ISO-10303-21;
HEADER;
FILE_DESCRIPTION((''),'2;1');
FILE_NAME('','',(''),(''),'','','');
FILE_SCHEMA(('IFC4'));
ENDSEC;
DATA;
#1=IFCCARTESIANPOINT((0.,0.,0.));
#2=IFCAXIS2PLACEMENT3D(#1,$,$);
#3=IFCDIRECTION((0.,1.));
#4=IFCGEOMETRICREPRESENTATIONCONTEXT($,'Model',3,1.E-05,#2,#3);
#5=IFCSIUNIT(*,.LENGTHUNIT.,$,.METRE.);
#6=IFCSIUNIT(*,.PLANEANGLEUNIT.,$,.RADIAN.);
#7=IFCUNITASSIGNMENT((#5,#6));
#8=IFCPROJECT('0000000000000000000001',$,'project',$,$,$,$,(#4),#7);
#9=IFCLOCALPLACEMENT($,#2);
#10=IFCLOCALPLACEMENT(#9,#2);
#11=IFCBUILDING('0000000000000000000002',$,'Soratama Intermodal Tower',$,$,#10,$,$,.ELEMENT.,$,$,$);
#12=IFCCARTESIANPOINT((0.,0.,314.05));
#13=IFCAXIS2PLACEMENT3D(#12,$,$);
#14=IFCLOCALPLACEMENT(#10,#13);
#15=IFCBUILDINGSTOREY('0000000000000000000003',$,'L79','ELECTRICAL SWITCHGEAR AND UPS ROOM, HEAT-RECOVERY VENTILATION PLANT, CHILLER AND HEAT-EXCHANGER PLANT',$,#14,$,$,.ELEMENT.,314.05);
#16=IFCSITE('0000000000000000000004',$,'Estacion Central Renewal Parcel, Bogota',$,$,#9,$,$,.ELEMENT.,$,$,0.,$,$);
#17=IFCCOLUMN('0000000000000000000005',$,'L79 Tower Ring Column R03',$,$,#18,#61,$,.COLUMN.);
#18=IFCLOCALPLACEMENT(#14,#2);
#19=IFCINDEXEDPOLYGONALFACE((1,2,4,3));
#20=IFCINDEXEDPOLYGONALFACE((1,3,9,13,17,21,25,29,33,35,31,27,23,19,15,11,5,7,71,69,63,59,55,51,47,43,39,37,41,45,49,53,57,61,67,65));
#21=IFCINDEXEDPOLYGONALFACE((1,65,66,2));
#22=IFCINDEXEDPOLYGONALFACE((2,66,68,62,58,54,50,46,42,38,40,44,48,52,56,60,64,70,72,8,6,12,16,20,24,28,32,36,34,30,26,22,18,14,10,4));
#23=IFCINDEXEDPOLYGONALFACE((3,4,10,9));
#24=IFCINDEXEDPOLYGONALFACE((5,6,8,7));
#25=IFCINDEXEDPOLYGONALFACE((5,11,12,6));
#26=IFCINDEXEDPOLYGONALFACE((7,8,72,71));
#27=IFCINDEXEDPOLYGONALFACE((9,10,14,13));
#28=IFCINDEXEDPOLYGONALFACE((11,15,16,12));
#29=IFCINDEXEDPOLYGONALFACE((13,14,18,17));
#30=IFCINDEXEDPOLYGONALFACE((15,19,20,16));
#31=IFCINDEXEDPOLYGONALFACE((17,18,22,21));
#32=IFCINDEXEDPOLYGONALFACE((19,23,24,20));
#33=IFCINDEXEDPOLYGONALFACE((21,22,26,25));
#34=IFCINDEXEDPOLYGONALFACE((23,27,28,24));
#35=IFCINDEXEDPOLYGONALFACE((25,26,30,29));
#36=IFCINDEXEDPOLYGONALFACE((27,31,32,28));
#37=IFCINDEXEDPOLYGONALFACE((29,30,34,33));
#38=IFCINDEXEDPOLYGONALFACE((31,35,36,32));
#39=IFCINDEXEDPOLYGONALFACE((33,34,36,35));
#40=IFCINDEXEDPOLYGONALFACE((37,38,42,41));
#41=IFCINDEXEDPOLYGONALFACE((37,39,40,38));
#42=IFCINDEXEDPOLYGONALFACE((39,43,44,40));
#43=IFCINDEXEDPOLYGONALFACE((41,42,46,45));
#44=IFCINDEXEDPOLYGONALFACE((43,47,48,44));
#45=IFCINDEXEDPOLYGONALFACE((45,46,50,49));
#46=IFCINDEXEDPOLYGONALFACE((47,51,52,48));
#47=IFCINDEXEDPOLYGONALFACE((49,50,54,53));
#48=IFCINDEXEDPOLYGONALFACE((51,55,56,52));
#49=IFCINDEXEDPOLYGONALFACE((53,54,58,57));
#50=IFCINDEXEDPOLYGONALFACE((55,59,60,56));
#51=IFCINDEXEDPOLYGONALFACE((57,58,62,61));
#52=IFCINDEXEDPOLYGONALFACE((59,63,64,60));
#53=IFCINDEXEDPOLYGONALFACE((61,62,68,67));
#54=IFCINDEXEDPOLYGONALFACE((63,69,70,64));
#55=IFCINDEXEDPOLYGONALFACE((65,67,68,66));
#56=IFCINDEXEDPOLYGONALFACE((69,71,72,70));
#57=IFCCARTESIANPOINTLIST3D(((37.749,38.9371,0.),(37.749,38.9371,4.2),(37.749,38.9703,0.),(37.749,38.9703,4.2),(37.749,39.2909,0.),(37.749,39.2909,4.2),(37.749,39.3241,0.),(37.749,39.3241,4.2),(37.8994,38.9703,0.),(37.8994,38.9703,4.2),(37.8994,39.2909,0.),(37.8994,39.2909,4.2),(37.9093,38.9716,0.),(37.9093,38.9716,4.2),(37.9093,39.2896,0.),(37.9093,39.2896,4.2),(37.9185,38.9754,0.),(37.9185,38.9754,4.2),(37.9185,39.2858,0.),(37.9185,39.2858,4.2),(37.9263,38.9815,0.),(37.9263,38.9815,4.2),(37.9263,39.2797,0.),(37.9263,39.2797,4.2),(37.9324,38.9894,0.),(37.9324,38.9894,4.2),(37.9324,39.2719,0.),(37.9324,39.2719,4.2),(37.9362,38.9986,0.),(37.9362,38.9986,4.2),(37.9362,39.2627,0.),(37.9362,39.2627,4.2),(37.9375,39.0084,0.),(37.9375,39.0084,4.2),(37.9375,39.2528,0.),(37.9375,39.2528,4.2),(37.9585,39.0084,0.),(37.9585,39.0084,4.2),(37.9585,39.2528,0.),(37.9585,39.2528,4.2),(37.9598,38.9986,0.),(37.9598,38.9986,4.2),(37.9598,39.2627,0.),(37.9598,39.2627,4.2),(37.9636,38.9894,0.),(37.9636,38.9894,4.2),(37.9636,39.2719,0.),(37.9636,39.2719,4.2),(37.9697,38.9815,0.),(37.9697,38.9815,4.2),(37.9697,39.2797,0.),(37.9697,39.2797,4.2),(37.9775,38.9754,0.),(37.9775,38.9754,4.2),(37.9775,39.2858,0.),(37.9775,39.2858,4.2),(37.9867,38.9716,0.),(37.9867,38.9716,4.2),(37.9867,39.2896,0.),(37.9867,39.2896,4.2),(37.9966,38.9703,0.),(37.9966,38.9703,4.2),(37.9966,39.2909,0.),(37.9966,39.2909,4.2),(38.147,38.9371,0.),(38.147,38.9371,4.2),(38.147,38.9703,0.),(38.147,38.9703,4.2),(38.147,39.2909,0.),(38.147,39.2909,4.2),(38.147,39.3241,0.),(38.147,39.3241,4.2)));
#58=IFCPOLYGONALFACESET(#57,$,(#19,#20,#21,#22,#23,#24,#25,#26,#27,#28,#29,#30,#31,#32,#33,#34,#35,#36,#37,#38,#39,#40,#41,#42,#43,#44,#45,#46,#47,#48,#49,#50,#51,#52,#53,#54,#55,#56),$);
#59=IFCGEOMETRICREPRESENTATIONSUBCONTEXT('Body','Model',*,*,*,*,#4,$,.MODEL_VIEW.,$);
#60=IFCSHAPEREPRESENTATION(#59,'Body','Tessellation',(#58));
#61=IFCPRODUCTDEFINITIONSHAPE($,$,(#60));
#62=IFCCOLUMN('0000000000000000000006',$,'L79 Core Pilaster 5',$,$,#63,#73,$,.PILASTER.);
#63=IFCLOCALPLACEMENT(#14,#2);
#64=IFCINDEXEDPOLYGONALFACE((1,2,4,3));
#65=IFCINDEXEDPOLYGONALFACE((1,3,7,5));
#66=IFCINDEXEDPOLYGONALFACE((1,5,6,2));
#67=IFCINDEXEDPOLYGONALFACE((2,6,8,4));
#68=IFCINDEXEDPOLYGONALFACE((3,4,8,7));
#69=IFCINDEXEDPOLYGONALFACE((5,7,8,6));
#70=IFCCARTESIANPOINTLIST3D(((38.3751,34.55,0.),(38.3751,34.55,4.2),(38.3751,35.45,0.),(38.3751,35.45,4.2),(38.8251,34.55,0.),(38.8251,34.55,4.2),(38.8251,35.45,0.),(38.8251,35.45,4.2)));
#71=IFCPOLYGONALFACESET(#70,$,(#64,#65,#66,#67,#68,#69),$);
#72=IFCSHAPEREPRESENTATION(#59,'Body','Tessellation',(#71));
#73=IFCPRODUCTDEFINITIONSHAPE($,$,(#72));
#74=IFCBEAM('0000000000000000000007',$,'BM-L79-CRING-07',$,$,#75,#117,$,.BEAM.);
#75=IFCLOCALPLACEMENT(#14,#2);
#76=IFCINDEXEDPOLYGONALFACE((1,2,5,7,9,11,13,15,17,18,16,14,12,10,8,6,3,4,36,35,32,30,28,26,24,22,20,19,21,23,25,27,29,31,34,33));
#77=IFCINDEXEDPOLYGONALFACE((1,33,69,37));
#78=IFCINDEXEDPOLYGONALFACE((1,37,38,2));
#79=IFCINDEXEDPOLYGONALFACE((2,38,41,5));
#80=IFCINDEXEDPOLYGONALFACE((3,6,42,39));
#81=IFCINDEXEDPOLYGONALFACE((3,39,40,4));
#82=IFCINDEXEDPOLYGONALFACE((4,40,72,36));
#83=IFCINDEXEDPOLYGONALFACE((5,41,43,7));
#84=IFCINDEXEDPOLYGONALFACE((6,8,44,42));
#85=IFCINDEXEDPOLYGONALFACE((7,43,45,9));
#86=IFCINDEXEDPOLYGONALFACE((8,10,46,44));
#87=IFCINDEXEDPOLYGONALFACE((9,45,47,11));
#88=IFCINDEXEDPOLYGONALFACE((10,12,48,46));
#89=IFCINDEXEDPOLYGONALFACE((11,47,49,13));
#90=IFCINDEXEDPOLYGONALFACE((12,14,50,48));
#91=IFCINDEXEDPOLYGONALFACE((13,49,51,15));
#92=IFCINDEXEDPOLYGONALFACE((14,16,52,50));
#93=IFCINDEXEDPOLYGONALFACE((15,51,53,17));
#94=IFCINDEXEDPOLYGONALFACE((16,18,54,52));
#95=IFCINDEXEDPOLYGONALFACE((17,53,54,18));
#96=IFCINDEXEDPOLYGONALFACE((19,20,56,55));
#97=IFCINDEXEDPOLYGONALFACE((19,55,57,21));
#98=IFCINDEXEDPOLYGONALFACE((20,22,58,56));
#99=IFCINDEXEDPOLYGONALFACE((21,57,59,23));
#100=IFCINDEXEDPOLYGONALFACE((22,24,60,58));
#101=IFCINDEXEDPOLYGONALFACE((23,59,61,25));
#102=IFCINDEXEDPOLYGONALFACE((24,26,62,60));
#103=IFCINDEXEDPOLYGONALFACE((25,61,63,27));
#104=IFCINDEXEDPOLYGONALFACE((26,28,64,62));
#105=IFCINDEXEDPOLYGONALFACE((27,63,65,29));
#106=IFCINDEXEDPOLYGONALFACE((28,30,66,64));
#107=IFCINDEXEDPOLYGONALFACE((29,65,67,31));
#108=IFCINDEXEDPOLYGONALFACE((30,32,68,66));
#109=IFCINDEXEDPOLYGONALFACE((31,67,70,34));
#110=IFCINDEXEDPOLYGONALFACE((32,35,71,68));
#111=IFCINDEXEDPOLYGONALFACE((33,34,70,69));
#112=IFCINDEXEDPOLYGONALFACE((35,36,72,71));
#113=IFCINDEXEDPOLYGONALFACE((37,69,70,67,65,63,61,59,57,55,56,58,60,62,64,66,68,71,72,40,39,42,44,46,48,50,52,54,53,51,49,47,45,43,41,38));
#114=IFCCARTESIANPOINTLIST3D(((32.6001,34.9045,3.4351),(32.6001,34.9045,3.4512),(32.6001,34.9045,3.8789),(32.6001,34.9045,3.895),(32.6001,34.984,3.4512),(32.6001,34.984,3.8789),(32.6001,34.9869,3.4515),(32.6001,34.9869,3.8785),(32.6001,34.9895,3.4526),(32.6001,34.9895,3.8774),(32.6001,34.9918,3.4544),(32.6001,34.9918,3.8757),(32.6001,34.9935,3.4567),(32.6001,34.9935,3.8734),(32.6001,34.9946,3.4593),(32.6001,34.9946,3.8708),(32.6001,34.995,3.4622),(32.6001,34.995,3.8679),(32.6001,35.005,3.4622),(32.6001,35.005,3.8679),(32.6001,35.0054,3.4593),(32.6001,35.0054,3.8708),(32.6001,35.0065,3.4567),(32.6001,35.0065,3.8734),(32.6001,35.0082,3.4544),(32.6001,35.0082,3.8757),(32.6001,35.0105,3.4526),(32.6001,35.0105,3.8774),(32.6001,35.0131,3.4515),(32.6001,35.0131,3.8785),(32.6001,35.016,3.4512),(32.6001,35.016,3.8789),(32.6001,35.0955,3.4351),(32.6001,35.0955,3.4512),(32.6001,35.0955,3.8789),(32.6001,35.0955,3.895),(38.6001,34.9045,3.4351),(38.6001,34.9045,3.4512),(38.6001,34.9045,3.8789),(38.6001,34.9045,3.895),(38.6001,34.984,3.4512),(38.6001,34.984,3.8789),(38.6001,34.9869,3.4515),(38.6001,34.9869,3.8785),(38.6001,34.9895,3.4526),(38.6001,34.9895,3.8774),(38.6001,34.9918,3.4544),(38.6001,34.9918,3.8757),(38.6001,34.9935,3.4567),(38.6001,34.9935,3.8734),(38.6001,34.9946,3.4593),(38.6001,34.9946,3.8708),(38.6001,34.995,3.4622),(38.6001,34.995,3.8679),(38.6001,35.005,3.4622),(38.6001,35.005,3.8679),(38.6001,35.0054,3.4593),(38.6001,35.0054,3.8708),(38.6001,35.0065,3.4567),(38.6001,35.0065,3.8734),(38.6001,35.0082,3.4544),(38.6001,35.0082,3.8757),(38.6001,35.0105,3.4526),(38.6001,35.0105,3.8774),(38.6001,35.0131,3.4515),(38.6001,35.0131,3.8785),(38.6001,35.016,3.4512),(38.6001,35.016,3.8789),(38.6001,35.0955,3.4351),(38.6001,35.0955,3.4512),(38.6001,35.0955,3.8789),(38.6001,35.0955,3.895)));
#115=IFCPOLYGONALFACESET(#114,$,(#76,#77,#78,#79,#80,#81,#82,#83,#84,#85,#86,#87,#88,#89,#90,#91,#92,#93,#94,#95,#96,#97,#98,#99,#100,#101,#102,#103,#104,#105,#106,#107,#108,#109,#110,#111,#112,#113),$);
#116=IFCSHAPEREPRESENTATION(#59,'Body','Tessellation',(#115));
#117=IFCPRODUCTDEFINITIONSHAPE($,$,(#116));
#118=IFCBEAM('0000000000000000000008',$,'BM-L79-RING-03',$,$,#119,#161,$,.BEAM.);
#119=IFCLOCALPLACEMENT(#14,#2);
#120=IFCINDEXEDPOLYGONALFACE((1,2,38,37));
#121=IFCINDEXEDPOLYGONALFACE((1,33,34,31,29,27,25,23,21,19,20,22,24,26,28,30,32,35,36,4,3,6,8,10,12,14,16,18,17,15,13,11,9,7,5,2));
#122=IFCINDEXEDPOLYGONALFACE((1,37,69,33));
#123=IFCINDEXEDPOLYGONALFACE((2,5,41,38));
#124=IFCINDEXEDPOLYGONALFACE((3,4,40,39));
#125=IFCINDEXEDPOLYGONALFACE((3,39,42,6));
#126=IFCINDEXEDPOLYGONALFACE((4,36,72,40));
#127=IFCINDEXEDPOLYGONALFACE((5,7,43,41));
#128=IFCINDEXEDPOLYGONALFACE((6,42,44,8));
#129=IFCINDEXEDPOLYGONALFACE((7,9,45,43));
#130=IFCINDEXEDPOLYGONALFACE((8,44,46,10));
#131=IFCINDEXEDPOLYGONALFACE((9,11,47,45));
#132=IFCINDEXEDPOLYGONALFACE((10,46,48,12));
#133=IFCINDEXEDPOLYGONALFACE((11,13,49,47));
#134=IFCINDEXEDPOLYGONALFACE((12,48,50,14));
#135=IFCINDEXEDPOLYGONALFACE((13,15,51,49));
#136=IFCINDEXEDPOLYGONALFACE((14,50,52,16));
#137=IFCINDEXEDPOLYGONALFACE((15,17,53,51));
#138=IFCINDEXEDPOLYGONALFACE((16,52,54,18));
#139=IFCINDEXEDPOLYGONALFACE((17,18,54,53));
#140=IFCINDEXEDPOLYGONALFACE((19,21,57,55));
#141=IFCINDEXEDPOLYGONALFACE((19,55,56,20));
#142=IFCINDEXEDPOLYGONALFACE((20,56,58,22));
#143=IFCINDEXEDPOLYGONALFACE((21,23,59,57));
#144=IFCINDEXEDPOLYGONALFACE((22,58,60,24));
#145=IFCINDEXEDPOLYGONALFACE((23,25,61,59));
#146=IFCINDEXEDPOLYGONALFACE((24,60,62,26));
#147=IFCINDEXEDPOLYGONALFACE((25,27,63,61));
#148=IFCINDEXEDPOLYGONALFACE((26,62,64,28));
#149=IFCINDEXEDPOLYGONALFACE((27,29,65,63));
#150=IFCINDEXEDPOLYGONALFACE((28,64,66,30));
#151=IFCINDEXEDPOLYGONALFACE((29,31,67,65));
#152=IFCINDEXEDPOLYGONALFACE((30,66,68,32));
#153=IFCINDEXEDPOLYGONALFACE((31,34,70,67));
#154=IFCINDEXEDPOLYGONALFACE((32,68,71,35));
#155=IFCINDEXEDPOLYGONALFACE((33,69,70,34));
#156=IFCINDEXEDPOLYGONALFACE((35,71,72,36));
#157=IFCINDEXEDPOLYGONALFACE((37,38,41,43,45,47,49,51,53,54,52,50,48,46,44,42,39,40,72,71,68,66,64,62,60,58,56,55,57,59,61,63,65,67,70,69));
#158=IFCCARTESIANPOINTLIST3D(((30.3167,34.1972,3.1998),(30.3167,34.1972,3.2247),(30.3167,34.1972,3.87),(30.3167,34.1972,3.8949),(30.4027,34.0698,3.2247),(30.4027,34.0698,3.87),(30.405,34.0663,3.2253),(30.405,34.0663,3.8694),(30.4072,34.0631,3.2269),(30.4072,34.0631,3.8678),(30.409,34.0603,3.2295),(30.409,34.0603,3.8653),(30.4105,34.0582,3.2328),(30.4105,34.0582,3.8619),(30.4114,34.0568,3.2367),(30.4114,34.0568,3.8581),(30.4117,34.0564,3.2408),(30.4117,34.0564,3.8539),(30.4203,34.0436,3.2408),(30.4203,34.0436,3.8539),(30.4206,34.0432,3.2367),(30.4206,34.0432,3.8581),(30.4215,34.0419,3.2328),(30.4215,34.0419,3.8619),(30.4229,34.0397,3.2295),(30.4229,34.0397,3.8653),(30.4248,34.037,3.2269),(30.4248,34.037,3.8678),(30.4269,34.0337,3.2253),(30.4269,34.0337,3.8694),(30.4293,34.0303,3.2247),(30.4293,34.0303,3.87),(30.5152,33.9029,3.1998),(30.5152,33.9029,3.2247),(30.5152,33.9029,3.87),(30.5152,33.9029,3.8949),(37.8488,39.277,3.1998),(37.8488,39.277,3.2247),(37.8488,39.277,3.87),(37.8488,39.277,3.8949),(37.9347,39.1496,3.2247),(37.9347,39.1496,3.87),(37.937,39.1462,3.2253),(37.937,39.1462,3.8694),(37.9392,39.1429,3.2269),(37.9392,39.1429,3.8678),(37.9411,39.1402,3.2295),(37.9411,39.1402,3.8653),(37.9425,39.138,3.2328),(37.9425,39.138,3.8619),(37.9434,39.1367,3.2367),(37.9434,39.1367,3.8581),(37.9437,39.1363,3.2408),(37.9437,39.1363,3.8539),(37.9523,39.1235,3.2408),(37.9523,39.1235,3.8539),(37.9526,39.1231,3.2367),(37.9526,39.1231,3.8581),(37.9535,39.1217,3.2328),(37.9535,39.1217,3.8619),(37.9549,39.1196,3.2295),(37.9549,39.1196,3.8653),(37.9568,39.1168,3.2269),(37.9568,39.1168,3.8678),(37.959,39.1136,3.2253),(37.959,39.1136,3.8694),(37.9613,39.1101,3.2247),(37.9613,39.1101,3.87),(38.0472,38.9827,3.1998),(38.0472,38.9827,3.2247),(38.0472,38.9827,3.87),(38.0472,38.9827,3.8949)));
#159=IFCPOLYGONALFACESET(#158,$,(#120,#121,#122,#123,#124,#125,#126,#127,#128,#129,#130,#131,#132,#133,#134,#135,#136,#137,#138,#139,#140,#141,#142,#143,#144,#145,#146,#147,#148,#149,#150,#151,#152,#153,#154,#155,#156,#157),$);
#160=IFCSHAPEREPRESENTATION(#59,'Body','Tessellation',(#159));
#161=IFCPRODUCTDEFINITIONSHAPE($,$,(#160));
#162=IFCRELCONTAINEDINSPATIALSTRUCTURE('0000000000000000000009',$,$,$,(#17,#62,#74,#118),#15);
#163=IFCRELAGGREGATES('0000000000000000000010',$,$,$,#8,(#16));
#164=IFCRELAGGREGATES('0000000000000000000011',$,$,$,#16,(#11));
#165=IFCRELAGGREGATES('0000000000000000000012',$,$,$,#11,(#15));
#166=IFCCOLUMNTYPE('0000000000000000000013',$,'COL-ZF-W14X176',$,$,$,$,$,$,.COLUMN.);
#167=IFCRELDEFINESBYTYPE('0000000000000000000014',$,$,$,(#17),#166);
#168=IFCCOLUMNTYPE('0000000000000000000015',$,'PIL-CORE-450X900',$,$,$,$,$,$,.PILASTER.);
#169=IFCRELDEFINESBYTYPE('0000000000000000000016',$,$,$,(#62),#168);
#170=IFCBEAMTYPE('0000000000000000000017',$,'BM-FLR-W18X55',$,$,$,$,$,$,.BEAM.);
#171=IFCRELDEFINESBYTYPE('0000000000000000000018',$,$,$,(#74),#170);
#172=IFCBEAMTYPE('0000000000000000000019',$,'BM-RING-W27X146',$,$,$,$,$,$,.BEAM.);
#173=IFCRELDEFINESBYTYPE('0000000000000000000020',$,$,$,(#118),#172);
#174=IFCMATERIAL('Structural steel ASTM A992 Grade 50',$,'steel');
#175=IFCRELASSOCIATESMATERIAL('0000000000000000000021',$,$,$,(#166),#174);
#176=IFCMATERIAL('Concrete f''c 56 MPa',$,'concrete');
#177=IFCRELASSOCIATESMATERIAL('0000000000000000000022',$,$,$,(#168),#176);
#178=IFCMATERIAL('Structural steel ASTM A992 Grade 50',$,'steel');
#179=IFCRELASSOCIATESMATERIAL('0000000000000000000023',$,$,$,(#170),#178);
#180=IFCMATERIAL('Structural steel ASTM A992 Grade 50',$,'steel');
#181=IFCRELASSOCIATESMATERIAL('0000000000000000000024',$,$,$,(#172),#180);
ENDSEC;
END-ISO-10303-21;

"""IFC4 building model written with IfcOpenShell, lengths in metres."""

from ifc_helpers import new_model, si_unit, direction, frame, origin, origin_2d, place, context, subcontext, project, spatial, rectangle, i_section, extrude, material, material_profile, profile_set, type_object, element, save


model = new_model("IFC4")

# Units and contexts
model_context = context("Model", 3, precision=1e-05, world=origin(), true_north=direction((0.0, 1.0)))
body_context = subcontext(model_context, "Body", "Model", "MODEL_VIEW")
ifc_project = project(units=[si_unit("LENGTHUNIT", "METRE"), si_unit("PLANEANGLEUNIT", "RADIAN")], contexts=[model_context])

# Site, building, storey
site_placement = place(None, origin())
site = spatial("IfcSite", under=ifc_project, at=site_placement, Name="Estacion Central Renewal Parcel, Bogota", CompositionType="ELEMENT", RefElevation=0.0)
building_placement = place(site_placement, origin())
building = spatial("IfcBuilding", under=site, at=building_placement, Name="Soratama Intermodal Tower", CompositionType="ELEMENT")
storey_placement = place(building_placement, frame((0.0, 0.0, 314.05)))
storey = spatial("IfcBuildingStorey", under=building, at=storey_placement, Name="L79", Description="ELECTRICAL SWITCHGEAR AND UPS ROOM, HEAT-RECOVERY VENTILATION PLANT, CHILLER AND HEAT-EXCHANGER PLANT", CompositionType="ELEMENT", Elevation=314.05)

# Columns
ifc_material_1 = material(Name="Structural steel ASTM A992 Grade 50", Category="steel")
ifc_material_profile_1 = material_profile(ifc_material_1, i_section(OverallWidth=0.3979, OverallDepth=0.387, WebThickness=0.021, FlangeThickness=0.0332, FilletRadius=0.0381, at=origin_2d()), Name="W14X176")
ifc_profile_set_1 = profile_set([ifc_material_profile_1], Name="Structural steel ASTM A992 Grade 50")
column_type_1 = type_object("IfcColumnType", Name="COL-ZF-W14X176", PredefinedType="COLUMN", material=ifc_profile_set_1)
column_1_placement = place(storey_placement, frame((37.948, 39.1306, 0.0), z_axis=(0.0, 0.0, 1.0), x_axis=(1.0, 0.0, 0.0)))
element("IfcColumn", 1, at=column_1_placement, inside=storey, type_object=column_type_1, Name="L79 Tower Ring Column R03", PredefinedType="COLUMN", context=body_context, shape_type="SweptSolid", body=[
    extrude(i_section(OverallWidth=0.3979, OverallDepth=0.387, WebThickness=0.021, FlangeThickness=0.0332, FilletRadius=0.0381, at=origin_2d()), origin(), (0.0, 0.0, 1.0), 4.2),
])
ifc_material_2 = material(Name="Concrete f'c 56 MPa", Category="concrete")
ifc_material_profile_2 = material_profile(ifc_material_2, rectangle(XDim=0.45, YDim=0.8999, at=origin_2d()), Name="RC450X900")
ifc_profile_set_2 = profile_set([ifc_material_profile_2], Name="Concrete f'c 56 MPa")
column_type_2 = type_object("IfcColumnType", Name="PIL-CORE-450X900", PredefinedType="PILASTER", material=ifc_profile_set_2)
column_2_placement = place(storey_placement, frame((38.6001, 35.0, 0.0), z_axis=(0.0, 0.0, 1.0), x_axis=(1.0, 0.0, 0.0)))
element("IfcColumn", 2, at=column_2_placement, inside=storey, type_object=column_type_2, Name="L79 Core Pilaster 5", PredefinedType="PILASTER", context=body_context, shape_type="SweptSolid", body=[
    extrude(rectangle(XDim=0.45, YDim=0.8999, at=origin_2d()), origin(), (0.0, 0.0, 1.0), 4.2),
])

# Beams
ifc_material_3 = material(Name="Structural steel ASTM A992 Grade 50", Category="steel")
ifc_material_profile_3 = material_profile(ifc_material_3, i_section(OverallWidth=0.1909, OverallDepth=0.46, WebThickness=0.01, FlangeThickness=0.0161, FilletRadius=0.011, at=origin_2d()), Name="W18X55")
ifc_profile_set_3 = profile_set([ifc_material_profile_3], Name="Structural steel ASTM A992 Grade 50")
beam_type_1 = type_object("IfcBeamType", Name="BM-FLR-W18X55", PredefinedType="BEAM", material=ifc_profile_set_3)
beam_1_placement = place(storey_placement, frame((38.6001, 35.0, 3.665), z_axis=(-1.0, 0.0, 0.0), x_axis=(0.0, -1.0, 0.0)))
element("IfcBeam", 3, at=beam_1_placement, inside=storey, type_object=beam_type_1, Name="BM-L79-CRING-07", PredefinedType="BEAM", context=body_context, shape_type="SweptSolid", body=[
    extrude(i_section(OverallWidth=0.1909, OverallDepth=0.46, WebThickness=0.01, FlangeThickness=0.0161, FilletRadius=0.011, at=origin_2d()), origin(), (0.0, 0.0, 1.0), 6.0),
])
ifc_material_4 = material(Name="Structural steel ASTM A992 Grade 50", Category="steel")
ifc_material_profile_4 = material_profile(ifc_material_4, i_section(OverallWidth=0.355, OverallDepth=0.6951, WebThickness=0.0154, FlangeThickness=0.0249, FilletRadius=0.0161, at=origin_2d()), Name="W27X146")
ifc_profile_set_4 = profile_set([ifc_material_profile_4], Name="Structural steel ASTM A992 Grade 50")
beam_type_2 = type_object("IfcBeamType", Name="BM-RING-W27X146", PredefinedType="BEAM", material=ifc_profile_set_4)
beam_2_placement = place(storey_placement, frame((37.948, 39.1299, 3.5474), z_axis=(-0.829066, -0.559151, 0.0), x_axis=(0.559151, -0.829066, 0.0)))
element("IfcBeam", 4, at=beam_2_placement, inside=storey, type_object=beam_type_2, Name="BM-L79-RING-03", PredefinedType="BEAM", context=body_context, shape_type="SweptSolid", body=[
    extrude(i_section(OverallWidth=0.355, OverallDepth=0.6951, WebThickness=0.0154, FlangeThickness=0.0249, FilletRadius=0.0161, at=origin_2d()), origin(), (0.0, 0.0, 1.0), 9.085),
])

save(model, "model.ifc")
